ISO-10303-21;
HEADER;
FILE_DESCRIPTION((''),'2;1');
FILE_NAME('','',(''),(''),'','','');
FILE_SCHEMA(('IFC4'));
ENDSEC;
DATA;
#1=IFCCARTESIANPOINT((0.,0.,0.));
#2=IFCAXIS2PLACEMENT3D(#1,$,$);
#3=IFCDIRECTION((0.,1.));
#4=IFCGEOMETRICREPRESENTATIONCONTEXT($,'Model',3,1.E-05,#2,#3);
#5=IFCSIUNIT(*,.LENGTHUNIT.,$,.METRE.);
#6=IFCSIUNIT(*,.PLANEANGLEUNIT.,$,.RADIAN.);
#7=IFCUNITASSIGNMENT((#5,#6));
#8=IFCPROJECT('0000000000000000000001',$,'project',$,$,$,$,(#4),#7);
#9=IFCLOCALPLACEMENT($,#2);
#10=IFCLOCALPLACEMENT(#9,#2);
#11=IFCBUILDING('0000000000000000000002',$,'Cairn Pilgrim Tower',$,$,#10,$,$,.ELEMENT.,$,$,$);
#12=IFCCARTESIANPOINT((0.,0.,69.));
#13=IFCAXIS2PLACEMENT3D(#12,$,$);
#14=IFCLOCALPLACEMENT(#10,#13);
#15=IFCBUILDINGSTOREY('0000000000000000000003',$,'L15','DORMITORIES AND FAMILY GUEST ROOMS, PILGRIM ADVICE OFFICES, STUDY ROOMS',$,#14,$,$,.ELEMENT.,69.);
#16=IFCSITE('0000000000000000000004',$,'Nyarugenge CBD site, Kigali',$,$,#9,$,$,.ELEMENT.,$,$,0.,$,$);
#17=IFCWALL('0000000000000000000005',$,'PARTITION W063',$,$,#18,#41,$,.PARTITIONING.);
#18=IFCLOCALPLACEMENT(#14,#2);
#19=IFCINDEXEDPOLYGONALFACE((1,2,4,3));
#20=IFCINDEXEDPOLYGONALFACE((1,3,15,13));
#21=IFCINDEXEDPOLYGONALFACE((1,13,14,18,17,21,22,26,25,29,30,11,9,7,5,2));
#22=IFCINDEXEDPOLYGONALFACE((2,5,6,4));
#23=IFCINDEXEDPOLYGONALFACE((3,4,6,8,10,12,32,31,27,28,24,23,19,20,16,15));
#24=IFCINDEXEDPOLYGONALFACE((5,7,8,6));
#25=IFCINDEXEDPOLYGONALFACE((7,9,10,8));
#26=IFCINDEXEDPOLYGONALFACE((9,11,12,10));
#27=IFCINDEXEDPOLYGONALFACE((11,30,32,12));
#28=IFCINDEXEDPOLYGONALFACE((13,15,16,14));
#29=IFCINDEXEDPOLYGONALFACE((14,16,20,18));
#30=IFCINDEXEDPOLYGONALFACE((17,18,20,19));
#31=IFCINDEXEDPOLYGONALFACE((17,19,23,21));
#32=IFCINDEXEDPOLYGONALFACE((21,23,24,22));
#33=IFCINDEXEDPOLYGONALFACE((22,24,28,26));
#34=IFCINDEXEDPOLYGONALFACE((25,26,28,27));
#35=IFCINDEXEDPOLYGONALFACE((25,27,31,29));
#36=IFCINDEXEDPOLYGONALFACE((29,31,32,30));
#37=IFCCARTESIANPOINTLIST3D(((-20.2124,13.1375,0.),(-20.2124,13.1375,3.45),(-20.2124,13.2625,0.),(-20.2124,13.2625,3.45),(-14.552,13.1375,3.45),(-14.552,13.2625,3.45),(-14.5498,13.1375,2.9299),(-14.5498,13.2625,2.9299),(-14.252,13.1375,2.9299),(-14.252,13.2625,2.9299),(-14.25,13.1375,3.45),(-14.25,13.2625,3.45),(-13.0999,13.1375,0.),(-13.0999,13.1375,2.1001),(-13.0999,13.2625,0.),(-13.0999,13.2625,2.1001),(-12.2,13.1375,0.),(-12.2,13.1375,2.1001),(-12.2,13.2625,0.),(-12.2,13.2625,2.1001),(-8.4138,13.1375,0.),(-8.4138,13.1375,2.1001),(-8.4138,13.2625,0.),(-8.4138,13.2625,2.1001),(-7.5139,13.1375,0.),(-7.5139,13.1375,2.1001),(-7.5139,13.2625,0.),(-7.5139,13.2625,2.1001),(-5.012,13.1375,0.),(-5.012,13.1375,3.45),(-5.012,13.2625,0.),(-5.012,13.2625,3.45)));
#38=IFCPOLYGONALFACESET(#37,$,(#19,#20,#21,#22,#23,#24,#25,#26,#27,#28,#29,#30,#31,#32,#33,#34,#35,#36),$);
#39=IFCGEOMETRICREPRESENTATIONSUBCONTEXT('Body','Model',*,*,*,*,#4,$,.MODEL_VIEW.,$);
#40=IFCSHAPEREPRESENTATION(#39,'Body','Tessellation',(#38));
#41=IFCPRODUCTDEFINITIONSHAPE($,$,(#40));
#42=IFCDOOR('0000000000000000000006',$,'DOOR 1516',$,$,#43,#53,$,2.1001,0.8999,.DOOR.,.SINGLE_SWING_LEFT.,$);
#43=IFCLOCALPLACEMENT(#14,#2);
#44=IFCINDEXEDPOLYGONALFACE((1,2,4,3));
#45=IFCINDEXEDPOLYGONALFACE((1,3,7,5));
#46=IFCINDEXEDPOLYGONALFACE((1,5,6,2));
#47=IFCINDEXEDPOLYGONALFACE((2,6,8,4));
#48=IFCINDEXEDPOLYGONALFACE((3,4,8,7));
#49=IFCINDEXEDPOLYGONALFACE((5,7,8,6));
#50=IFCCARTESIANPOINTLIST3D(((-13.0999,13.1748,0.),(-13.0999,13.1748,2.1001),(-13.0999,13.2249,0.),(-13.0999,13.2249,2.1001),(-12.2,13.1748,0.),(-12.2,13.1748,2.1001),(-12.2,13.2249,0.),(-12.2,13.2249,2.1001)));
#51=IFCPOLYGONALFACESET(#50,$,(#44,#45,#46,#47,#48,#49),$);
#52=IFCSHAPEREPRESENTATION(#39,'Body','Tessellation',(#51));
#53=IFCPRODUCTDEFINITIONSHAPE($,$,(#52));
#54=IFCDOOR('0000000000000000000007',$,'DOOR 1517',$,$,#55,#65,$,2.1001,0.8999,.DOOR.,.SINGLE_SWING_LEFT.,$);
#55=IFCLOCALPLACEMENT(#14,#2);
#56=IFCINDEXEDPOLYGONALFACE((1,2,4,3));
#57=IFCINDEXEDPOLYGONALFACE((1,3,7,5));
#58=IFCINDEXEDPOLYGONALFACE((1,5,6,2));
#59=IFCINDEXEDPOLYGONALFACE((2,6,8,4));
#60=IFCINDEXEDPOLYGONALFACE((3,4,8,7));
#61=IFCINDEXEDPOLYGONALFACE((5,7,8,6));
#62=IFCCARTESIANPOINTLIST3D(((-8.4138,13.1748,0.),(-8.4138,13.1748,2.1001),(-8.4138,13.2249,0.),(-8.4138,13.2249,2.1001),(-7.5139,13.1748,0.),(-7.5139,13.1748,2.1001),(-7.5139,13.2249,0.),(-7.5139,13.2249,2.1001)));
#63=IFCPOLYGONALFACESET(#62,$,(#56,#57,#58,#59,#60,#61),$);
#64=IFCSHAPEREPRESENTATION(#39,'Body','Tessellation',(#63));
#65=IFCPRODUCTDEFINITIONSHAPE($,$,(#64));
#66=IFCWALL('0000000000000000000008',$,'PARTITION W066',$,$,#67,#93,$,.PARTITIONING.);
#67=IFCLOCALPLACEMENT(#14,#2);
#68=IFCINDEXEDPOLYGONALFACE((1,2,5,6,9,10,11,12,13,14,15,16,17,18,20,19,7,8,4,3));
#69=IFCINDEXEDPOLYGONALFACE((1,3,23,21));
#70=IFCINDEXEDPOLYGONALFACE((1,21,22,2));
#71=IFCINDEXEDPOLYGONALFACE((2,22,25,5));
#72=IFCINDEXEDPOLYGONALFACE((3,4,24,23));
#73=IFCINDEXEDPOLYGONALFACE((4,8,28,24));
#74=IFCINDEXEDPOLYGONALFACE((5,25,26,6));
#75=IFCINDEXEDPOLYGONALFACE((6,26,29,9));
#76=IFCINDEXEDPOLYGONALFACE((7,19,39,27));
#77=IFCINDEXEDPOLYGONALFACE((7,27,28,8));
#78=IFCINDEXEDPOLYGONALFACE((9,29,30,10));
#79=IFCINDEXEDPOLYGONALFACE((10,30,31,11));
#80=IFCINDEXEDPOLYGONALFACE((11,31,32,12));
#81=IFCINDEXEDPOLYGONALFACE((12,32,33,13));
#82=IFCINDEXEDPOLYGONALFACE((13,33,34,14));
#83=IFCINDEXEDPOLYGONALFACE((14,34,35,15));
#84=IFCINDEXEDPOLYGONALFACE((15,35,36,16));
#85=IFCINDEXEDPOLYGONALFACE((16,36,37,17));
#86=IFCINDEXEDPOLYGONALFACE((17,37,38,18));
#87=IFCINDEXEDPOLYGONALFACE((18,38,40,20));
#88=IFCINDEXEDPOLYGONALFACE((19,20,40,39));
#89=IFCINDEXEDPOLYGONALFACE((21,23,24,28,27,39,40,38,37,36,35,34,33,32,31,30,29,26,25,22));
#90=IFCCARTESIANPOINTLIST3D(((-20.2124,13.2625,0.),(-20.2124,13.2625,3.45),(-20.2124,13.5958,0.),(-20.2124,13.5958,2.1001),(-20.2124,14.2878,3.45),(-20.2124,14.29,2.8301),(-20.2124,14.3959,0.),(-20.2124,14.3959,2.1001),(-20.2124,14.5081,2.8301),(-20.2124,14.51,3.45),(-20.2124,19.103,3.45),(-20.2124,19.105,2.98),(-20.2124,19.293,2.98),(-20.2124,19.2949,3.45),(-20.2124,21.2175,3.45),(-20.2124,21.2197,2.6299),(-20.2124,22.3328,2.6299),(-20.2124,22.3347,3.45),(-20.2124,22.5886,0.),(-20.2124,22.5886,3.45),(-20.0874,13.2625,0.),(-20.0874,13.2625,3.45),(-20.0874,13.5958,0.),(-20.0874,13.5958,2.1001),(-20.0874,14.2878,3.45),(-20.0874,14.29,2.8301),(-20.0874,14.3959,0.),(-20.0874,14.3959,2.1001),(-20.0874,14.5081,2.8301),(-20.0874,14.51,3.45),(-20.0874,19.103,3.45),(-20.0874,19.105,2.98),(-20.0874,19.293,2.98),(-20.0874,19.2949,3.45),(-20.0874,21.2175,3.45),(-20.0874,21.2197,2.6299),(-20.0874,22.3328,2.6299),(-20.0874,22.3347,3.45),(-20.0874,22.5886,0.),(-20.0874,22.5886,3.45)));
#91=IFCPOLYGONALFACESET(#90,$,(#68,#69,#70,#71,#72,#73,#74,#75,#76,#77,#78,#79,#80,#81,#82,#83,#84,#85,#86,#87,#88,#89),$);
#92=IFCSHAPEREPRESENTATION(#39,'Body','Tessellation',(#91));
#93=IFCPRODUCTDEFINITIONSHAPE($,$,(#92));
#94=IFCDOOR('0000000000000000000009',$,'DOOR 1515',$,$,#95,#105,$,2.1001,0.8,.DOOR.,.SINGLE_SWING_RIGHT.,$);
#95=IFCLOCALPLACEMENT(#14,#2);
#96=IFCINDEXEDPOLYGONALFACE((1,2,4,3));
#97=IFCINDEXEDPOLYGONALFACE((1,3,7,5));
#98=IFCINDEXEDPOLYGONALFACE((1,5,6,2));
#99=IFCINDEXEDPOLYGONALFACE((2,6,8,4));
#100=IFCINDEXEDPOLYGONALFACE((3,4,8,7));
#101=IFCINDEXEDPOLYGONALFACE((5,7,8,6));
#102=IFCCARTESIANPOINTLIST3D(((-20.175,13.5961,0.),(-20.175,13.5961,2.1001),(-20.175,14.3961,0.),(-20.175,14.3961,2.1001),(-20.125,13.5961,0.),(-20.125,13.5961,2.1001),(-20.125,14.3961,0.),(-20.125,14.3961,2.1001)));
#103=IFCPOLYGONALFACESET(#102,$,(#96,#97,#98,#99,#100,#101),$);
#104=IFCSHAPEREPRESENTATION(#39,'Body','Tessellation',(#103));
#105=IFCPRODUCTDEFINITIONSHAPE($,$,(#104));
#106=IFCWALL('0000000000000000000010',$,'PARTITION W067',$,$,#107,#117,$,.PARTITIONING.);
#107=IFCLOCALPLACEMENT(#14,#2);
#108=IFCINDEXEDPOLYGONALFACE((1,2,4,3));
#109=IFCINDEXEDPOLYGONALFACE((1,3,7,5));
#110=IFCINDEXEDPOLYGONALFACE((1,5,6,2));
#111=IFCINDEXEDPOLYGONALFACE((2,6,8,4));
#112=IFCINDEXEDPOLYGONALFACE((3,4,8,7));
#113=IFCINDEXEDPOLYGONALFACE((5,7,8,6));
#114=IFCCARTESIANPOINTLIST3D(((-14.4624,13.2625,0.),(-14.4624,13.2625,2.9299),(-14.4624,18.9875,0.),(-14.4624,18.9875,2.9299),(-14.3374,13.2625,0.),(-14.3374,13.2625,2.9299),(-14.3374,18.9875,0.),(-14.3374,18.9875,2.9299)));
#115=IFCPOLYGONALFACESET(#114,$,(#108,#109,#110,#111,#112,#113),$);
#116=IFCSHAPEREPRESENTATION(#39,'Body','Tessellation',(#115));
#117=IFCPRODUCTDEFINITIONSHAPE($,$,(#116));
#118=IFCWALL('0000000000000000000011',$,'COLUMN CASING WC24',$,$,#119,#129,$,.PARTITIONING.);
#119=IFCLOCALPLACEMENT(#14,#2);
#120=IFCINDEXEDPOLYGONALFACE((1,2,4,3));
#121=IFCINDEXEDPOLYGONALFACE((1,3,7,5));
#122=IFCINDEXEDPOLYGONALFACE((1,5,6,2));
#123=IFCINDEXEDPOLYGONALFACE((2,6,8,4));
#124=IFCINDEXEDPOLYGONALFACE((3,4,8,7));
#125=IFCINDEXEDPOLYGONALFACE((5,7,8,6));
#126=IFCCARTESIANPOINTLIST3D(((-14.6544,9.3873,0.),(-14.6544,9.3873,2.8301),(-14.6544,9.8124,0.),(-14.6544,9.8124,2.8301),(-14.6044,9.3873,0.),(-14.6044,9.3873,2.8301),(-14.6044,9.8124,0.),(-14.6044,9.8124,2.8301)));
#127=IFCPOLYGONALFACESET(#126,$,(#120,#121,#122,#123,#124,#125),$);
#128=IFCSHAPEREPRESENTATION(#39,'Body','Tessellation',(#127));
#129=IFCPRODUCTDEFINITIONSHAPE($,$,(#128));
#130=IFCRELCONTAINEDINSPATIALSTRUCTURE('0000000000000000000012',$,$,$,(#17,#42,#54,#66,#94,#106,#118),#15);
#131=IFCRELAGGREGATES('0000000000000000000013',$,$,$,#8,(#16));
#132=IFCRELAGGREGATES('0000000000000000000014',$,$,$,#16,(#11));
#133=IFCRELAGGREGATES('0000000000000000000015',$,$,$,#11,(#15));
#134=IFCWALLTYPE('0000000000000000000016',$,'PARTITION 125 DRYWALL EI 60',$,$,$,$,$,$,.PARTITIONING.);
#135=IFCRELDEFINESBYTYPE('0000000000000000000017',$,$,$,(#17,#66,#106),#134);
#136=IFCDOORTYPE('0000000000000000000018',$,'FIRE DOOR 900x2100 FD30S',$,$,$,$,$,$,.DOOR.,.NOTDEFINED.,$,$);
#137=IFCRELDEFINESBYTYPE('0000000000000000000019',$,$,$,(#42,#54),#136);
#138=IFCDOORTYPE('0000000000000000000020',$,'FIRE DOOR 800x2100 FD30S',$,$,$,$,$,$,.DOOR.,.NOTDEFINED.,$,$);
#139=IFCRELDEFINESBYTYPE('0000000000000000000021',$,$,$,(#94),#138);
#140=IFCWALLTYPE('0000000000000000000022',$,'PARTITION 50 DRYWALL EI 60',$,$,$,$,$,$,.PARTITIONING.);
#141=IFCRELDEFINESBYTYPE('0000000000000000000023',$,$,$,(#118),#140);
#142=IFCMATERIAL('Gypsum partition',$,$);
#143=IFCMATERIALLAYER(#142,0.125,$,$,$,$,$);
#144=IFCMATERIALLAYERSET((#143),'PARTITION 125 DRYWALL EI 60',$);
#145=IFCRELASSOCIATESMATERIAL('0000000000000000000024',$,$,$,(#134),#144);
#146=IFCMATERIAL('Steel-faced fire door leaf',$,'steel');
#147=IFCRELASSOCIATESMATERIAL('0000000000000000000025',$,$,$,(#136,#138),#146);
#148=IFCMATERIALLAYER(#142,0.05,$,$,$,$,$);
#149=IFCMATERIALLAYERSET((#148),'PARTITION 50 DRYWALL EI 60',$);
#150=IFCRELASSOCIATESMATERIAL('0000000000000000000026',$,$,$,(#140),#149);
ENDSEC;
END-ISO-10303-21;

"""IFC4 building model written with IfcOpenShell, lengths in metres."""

from ifc_helpers import new_model, si_unit, direction, frame, frame_2d, origin, place, context, subcontext, project, spatial, polyline, rectangle, outline, extrude, material, layer, layer_set, type_object, element, fill, save


model = new_model("IFC4")

# Units and contexts
model_context = context("Model", 3, precision=1e-05, world=origin(), true_north=direction((0.0, 1.0)))
body_context = subcontext(model_context, "Body", "Model", "MODEL_VIEW")
ifc_project = project(units=[si_unit("LENGTHUNIT", "METRE"), si_unit("PLANEANGLEUNIT", "RADIAN")], contexts=[model_context])

# Site, building, storey
site_placement = place(None, origin())
site = spatial("IfcSite", under=ifc_project, at=site_placement, Name="Nyarugenge CBD site, Kigali", CompositionType="ELEMENT", RefElevation=0.0)
building_placement = place(site_placement, origin())
building = spatial("IfcBuilding", under=site, at=building_placement, Name="Cairn Pilgrim Tower", CompositionType="ELEMENT")
storey_placement = place(building_placement, frame((0.0, 0.0, 69.0)))
storey = spatial("IfcBuildingStorey", under=building, at=storey_placement, Name="L15", Description="DORMITORIES AND FAMILY GUEST ROOMS, PILGRIM ADVICE OFFICES, STUDY ROOMS", CompositionType="ELEMENT", Elevation=69.0)

# Shared definitions
ifc_material_1 = material(Name="Gypsum partition")
ifc_layer_1 = layer(ifc_material_1, 0.125)
ifc_layer_set_1 = layer_set([ifc_layer_1], Name="PARTITION 125 DRYWALL EI 60")
wall_type_1 = type_object("IfcWallType", Name="PARTITION 125 DRYWALL EI 60", PredefinedType="PARTITIONING", material=ifc_layer_set_1)
ifc_material_2 = material(Name="Steel-faced fire door leaf", Category="steel")
door_type_1 = type_object("IfcDoorType", Name="FIRE DOOR 900x2100 FD30S", OperationType="NOTDEFINED", PredefinedType="DOOR", material=ifc_material_2)
door_type_2 = type_object("IfcDoorType", Name="FIRE DOOR 800x2100 FD30S", OperationType="NOTDEFINED", PredefinedType="DOOR", material=ifc_material_2)

# Wall, openings, doors
wall_1_placement = place(storey_placement, frame((-20.2124, 13.2, 0.0), z_axis=(0.0, 0.0, 1.0), x_axis=(1.0, 0.0, 0.0)))
wall_1 = element("IfcWall", 1, at=wall_1_placement, inside=storey, type_object=wall_type_1, Name="PARTITION W063", PredefinedType="PARTITIONING", context=body_context, shape_type="SweptSolid", body=[
    extrude(outline(polyline([(0.0, 0.0), (15.2004, 0.0), (15.2004, 3.45), (5.9624, 3.45), (5.9604, 2.9299), (5.6626, 2.9299), (5.6604, 3.45), (0.0, 3.45), (0.0, 0.0)])), frame((0.0, 0.0625, 0.0), z_axis=(0.0, -1.0, 0.0), x_axis=(1.0, 0.0, 0.0)), (0.0, 0.0, 1.0), 0.125),
])
opening_1_placement = place(wall_1_placement, frame((7.1125, 0.0, 0.0)))
opening_1 = element("IfcOpeningElement", 2, at=opening_1_placement, cuts=wall_1, PredefinedType="OPENING", context=body_context, shape_type="SweptSolid", body=[
    extrude(rectangle(XDim=0.8999, YDim=2.1001, at=frame_2d((0.45, 1.05))), frame((0.0, 0.0725, 0.0), z_axis=(0.0, -1.0, 0.0), x_axis=(1.0, 0.0, 0.0)), (0.0, 0.0, 1.0), 0.145),
])
opening_2_placement = place(wall_1_placement, frame((11.7986, 0.0, 0.0)))
opening_2 = element("IfcOpeningElement", 3, at=opening_2_placement, cuts=wall_1, PredefinedType="OPENING", context=body_context, shape_type="SweptSolid", body=[
    extrude(rectangle(XDim=0.8999, YDim=2.1001, at=frame_2d((0.45, 1.05))), frame((0.0, 0.0725, 0.0), z_axis=(0.0, -1.0, 0.0), x_axis=(1.0, 0.0, 0.0)), (0.0, 0.0, 1.0), 0.145),
])
door_1_placement = place(opening_1_placement, origin())
door_1 = element("IfcDoor", 4, at=door_1_placement, inside=storey, type_object=door_type_1, Name="DOOR 1516", OperationType="SINGLE_SWING_LEFT", OverallHeight=2.1001, OverallWidth=0.8999, PredefinedType="DOOR", context=body_context, shape_type="SweptSolid", body=[
    extrude(rectangle(XDim=0.8999, YDim=2.1001, at=frame_2d((0.45, 1.05))), frame((0.0, 0.0249, 0.0), z_axis=(0.0, -1.0, 0.0), x_axis=(1.0, 0.0, 0.0)), (0.0, 0.0, 1.0), 0.05),
])
fill(opening_1, door_1)
door_2_placement = place(opening_2_placement, origin())
door_2 = element("IfcDoor", 5, at=door_2_placement, inside=storey, type_object=door_type_1, Name="DOOR 1517", OperationType="SINGLE_SWING_LEFT", OverallHeight=2.1001, OverallWidth=0.8999, PredefinedType="DOOR", context=body_context, shape_type="SweptSolid", body=[
    extrude(rectangle(XDim=0.8999, YDim=2.1001, at=frame_2d((0.45, 1.05))), frame((0.0, 0.0249, 0.0), z_axis=(0.0, -1.0, 0.0), x_axis=(1.0, 0.0, 0.0)), (0.0, 0.0, 1.0), 0.05),
])
fill(opening_2, door_2)

# Wall, opening, door
wall_2_placement = place(storey_placement, frame((-20.1499, 13.2625, 0.0), z_axis=(0.0, 0.0, 1.0), x_axis=(0.0, 1.0, 0.0)))
wall_2 = element("IfcWall", 6, at=wall_2_placement, inside=storey, type_object=wall_type_1, Name="PARTITION W066", PredefinedType="PARTITIONING", context=body_context, shape_type="SweptSolid", body=[
    extrude(outline(polyline([(0.0, 0.0), (9.3262, 0.0), (9.3262, 3.45), (9.0723, 3.45), (9.0703, 2.6299), (7.9573, 2.6299), (7.9551, 3.45), (6.0325, 3.45), (6.0305, 2.98), (5.8425, 2.98), (5.8406, 3.45), (1.2476, 3.45), (1.2456, 2.8301), (1.0276, 2.8301), (1.0254, 3.45), (0.0, 3.45), (0.0, 0.0)])), frame((0.0, 0.0625, 0.0), z_axis=(0.0, -1.0, 0.0), x_axis=(1.0, 0.0, 0.0)), (0.0, 0.0, 1.0), 0.125),
])
opening_3_placement = place(wall_2_placement, frame((0.3335, 0.0, 0.0)))
opening_3 = element("IfcOpeningElement", 7, at=opening_3_placement, cuts=wall_2, PredefinedType="OPENING", context=body_context, shape_type="SweptSolid", body=[
    extrude(rectangle(XDim=0.8, YDim=2.1001, at=frame_2d((0.3999, 1.05))), frame((0.0, 0.0725, 0.0), z_axis=(0.0, -1.0, 0.0), x_axis=(1.0, 0.0, 0.0)), (0.0, 0.0, 1.0), 0.145),
])
door_3_placement = place(opening_3_placement, frame((0.8, 0.0, 0.0), z_axis=(0.0, 0.0, 1.0), x_axis=(-1.0, 0.0, 0.0)))
door_3 = element("IfcDoor", 8, at=door_3_placement, inside=storey, type_object=door_type_2, Name="DOOR 1515", OperationType="SINGLE_SWING_RIGHT", OverallHeight=2.1001, OverallWidth=0.8, PredefinedType="DOOR", context=body_context, shape_type="SweptSolid", body=[
    extrude(rectangle(XDim=0.8, YDim=2.1001, at=frame_2d((0.3999, 1.05))), frame((0.0, 0.0249, 0.0), z_axis=(0.0, -1.0, 0.0), x_axis=(1.0, 0.0, 0.0)), (0.0, 0.0, 1.0), 0.05),
])
fill(opening_3, door_3)

# Walls
wall_3_placement = place(storey_placement, frame((-14.3999, 13.2625, 0.0), z_axis=(0.0, 0.0, 1.0), x_axis=(0.0, 1.0, 0.0)))
element("IfcWall", 9, at=wall_3_placement, inside=storey, type_object=wall_type_1, Name="PARTITION W067", PredefinedType="PARTITIONING", context=body_context, shape_type="SweptSolid", body=[
    extrude(rectangle(XDim=5.7251, YDim=0.125, at=frame_2d((2.8625, 0.0))), origin(), (0.0, 0.0, 1.0), 2.9299),
])
ifc_layer_2 = layer(ifc_material_1, 0.05)
ifc_layer_set_2 = layer_set([ifc_layer_2], Name="PARTITION 50 DRYWALL EI 60")
wall_type_2 = type_object("IfcWallType", Name="PARTITION 50 DRYWALL EI 60", PredefinedType="PARTITIONING", material=ifc_layer_set_2)
wall_4_placement = place(storey_placement, frame((-14.6294, 9.3875, 0.0), z_axis=(0.0, 0.0, 1.0), x_axis=(0.0, 1.0, 0.0)))
element("IfcWall", 10, at=wall_4_placement, inside=storey, type_object=wall_type_2, Name="COLUMN CASING WC24", PredefinedType="PARTITIONING", context=body_context, shape_type="SweptSolid", body=[
    extrude(rectangle(XDim=0.425, YDim=0.05, at=frame_2d((0.2124, 0.0))), origin(), (0.0, 0.0, 1.0), 2.8301),
])

save(model, "model.ifc")
